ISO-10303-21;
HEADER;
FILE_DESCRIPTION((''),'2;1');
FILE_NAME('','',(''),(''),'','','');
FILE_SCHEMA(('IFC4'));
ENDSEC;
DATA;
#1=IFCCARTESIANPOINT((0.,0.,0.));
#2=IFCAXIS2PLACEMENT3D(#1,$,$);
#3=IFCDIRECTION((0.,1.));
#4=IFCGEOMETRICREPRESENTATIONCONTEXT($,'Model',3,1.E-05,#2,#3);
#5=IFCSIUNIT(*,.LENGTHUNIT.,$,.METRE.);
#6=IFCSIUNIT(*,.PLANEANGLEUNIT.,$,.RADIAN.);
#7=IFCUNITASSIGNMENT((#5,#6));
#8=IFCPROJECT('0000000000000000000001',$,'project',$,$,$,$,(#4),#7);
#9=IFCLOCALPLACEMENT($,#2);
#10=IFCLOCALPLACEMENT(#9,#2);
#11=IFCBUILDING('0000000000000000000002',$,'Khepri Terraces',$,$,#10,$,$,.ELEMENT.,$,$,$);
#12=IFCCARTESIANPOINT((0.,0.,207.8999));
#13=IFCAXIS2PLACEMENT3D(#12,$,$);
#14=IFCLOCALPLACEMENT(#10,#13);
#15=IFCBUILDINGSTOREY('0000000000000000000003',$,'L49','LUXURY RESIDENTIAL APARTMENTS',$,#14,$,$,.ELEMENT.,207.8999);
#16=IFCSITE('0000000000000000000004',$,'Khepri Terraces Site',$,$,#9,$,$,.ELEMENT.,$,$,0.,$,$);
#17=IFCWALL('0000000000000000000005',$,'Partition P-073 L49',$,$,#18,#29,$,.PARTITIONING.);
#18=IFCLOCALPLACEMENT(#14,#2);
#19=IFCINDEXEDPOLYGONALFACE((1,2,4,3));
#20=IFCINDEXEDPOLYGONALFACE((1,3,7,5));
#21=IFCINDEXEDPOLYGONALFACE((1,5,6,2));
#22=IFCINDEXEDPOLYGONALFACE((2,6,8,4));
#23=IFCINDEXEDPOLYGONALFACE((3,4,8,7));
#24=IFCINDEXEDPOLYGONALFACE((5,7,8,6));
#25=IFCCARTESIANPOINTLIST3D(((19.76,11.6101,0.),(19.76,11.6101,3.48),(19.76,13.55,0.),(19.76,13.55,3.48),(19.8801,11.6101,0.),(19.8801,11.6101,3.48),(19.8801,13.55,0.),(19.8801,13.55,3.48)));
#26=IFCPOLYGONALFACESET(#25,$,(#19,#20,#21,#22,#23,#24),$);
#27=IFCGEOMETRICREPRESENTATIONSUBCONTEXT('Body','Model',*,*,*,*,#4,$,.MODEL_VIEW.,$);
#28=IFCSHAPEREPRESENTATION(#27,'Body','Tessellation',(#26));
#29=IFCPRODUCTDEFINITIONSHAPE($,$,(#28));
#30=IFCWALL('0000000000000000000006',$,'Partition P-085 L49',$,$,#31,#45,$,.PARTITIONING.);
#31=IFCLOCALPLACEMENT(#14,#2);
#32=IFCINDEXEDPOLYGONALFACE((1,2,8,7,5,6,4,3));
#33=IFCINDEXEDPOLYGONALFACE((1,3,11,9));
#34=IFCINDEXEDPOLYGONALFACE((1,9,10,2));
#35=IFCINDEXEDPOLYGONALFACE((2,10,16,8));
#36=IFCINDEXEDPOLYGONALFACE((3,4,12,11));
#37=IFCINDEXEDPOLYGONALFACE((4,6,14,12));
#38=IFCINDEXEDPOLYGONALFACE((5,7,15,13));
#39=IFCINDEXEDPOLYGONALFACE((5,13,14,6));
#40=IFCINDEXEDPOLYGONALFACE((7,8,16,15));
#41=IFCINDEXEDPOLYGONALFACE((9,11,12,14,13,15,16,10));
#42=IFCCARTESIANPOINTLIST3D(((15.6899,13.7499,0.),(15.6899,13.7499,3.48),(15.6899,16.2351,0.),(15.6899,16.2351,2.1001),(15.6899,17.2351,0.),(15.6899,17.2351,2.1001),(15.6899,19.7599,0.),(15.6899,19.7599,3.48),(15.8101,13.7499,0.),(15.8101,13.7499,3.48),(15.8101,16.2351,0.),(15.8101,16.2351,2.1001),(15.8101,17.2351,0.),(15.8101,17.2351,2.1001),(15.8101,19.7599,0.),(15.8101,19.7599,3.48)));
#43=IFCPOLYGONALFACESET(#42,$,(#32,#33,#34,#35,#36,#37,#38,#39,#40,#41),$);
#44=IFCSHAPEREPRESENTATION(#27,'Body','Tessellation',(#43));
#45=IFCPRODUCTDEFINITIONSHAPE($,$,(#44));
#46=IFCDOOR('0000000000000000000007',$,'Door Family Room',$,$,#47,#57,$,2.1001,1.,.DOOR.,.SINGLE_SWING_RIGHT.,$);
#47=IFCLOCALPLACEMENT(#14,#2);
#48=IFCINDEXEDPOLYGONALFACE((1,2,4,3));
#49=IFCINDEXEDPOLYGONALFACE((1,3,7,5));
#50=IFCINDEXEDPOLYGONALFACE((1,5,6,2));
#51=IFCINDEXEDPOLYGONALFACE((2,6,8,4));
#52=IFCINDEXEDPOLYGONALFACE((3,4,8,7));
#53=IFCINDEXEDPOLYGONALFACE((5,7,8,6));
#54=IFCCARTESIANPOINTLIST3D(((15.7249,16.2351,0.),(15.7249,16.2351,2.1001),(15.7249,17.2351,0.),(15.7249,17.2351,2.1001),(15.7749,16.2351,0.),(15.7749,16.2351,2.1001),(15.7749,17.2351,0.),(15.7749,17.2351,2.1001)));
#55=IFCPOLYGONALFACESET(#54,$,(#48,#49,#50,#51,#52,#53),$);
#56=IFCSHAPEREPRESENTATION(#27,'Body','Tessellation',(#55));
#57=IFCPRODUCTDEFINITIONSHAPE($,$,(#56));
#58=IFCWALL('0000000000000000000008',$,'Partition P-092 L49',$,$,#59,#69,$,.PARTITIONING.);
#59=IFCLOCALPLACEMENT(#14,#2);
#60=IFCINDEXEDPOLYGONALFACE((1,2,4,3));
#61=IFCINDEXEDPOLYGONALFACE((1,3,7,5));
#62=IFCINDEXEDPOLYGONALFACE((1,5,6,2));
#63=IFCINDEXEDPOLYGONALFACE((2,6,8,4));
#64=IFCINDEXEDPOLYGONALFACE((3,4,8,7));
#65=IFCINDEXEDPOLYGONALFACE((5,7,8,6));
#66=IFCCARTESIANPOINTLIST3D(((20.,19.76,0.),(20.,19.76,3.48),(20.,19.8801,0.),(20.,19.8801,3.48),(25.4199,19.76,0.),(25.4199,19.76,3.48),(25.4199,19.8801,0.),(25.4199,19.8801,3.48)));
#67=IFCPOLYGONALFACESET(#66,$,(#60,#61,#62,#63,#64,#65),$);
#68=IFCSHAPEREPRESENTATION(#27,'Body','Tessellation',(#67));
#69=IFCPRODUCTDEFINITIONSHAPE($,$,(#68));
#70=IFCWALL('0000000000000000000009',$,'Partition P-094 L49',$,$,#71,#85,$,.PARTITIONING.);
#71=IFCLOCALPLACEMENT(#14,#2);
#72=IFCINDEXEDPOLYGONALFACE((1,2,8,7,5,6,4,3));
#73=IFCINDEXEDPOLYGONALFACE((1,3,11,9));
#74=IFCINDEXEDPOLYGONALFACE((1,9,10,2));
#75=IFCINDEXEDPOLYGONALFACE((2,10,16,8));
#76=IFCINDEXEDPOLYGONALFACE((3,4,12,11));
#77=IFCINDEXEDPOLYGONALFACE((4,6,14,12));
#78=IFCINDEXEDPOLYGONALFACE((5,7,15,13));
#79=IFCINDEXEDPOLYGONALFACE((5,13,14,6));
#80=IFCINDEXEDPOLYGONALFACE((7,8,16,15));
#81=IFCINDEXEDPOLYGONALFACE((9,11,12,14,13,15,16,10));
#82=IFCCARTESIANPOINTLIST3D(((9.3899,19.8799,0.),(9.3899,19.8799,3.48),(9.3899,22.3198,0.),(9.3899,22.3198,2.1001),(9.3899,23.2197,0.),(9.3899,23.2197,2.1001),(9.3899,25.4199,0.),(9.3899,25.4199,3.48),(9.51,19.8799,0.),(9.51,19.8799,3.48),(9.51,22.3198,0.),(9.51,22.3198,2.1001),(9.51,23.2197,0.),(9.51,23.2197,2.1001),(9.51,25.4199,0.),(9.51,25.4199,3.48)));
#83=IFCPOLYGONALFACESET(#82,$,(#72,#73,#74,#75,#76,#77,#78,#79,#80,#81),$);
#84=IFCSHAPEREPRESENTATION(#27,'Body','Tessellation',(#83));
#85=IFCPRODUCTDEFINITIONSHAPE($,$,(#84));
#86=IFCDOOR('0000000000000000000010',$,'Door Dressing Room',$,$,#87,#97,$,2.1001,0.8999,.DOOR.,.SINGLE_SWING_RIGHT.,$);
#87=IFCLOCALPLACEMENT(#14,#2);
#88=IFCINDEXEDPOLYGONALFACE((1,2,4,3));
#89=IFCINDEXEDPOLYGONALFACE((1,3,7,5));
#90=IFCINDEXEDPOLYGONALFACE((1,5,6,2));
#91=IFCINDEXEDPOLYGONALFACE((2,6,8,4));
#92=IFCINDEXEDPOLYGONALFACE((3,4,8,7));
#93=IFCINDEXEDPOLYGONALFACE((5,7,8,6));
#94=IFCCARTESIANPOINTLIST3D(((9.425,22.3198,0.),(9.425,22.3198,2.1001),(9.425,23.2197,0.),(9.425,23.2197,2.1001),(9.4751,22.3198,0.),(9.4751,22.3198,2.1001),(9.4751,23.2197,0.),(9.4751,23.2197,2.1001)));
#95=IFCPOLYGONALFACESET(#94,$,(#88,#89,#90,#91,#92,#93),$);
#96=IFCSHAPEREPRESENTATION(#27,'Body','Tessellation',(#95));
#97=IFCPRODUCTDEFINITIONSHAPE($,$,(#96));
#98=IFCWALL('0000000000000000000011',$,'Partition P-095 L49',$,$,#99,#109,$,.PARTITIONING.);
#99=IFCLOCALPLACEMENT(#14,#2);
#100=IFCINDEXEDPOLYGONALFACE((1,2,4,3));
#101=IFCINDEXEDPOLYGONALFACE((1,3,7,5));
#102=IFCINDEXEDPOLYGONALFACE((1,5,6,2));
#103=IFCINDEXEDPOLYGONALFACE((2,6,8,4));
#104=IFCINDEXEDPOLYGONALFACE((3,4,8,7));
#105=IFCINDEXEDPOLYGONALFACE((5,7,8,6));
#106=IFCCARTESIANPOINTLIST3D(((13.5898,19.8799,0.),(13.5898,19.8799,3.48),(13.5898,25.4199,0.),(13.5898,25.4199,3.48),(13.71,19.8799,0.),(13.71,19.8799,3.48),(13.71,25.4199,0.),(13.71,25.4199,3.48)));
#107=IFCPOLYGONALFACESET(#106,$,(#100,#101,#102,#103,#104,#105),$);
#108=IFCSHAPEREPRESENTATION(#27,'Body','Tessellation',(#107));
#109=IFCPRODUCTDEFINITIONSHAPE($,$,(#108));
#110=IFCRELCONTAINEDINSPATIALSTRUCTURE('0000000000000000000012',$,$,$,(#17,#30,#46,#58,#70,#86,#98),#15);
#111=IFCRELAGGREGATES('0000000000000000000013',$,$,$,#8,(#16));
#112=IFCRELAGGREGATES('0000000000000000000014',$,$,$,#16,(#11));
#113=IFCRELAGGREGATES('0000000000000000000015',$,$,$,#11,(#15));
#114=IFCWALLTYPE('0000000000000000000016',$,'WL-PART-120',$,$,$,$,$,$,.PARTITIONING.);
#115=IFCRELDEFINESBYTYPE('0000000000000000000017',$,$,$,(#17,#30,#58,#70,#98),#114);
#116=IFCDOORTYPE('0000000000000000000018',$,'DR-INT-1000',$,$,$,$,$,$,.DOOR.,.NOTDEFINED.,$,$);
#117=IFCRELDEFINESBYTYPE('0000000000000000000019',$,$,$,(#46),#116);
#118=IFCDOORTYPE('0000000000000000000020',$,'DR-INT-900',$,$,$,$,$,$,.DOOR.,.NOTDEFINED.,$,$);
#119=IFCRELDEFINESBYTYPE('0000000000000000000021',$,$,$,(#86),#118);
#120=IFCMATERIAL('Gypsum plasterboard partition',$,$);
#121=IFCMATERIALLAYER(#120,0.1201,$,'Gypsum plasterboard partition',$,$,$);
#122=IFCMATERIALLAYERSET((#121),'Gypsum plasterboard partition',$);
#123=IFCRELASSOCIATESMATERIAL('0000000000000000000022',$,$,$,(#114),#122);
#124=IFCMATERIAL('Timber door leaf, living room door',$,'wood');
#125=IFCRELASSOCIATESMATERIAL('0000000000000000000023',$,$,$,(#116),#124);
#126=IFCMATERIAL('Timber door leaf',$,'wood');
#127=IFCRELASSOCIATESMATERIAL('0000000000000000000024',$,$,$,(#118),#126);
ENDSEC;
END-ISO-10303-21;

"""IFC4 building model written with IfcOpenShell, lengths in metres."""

from ifc_helpers import new_model, si_unit, direction, frame, frame_2d, origin, place, context, subcontext, project, spatial, rectangle, extrude, material, layer, layer_set, type_object, element, fill, save


model = new_model("IFC4")

# Units and contexts
model_context = context("Model", 3, precision=1e-05, world=origin(), true_north=direction((0.0, 1.0)))
body_context = subcontext(model_context, "Body", "Model", "MODEL_VIEW")
ifc_project = project(units=[si_unit("LENGTHUNIT", "METRE"), si_unit("PLANEANGLEUNIT", "RADIAN")], contexts=[model_context])

# Site, building, storey
site_placement = place(None, origin())
site = spatial("IfcSite", under=ifc_project, at=site_placement, Name="Khepri Terraces Site", CompositionType="ELEMENT", RefElevation=0.0)
building_placement = place(site_placement, origin())
building = spatial("IfcBuilding", under=site, at=building_placement, Name="Khepri Terraces", CompositionType="ELEMENT")
storey_placement = place(building_placement, frame((0.0, 0.0, 207.8999)))
storey = spatial("IfcBuildingStorey", under=building, at=storey_placement, Name="L49", Description="LUXURY RESIDENTIAL APARTMENTS", CompositionType="ELEMENT", Elevation=207.8999)

# Shared definitions
ifc_material_1 = material(Name="Gypsum plasterboard partition")
ifc_layer_1 = layer(ifc_material_1, 0.1201, Name="Gypsum plasterboard partition")
ifc_layer_set_1 = layer_set([ifc_layer_1], Name="Gypsum plasterboard partition")
wall_type_1 = type_object("IfcWallType", Name="WL-PART-120", PredefinedType="PARTITIONING", material=ifc_layer_set_1)

# Wall
wall_1_placement = place(storey_placement, frame((19.8201, 11.6101, 0.0), z_axis=(0.0, 0.0, 1.0), x_axis=(0.0, 1.0, 0.0)))
element("IfcWall", 1, at=wall_1_placement, inside=storey, type_object=wall_type_1, Name="Partition P-073 L49", PredefinedType="PARTITIONING", context=body_context, shape_type="SweptSolid", body=[
    extrude(rectangle(XDim=1.9399, YDim=0.1201, at=frame_2d((0.97, 0.0))), origin(), (0.0, 0.0, 1.0), 3.48),
])

# Wall, opening, door
wall_2_placement = place(storey_placement, frame((15.75, 13.75, 0.0), z_axis=(0.0, 0.0, 1.0), x_axis=(0.0, 1.0, 0.0)))
wall_2 = element("IfcWall", 2, at=wall_2_placement, inside=storey, type_object=wall_type_1, Name="Partition P-085 L49", PredefinedType="PARTITIONING", context=body_context, shape_type="SweptSolid", body=[
    extrude(rectangle(XDim=6.01, YDim=0.1201, at=frame_2d((3.0049, 0.0))), origin(), (0.0, 0.0, 1.0), 3.48),
])
opening_1_placement = place(wall_2_placement, frame((2.4851, 0.0, 0.0)))
opening_1 = element("IfcOpeningElement", 3, at=opening_1_placement, cuts=wall_2, PredefinedType="OPENING", context=body_context, shape_type="SweptSolid", body=[
    extrude(rectangle(XDim=1.0, YDim=2.1001, at=frame_2d((0.5, 1.05))), frame((0.0, 0.0701, 0.0), z_axis=(0.0, -1.0, 0.0), x_axis=(1.0, 0.0, 0.0)), (0.0, 0.0, 1.0), 0.1401),
])
ifc_material_2 = material(Name="Timber door leaf, living room door", Category="wood")
door_type_1 = type_object("IfcDoorType", Name="DR-INT-1000", OperationType="NOTDEFINED", PredefinedType="DOOR", material=ifc_material_2)
door_1_placement = place(opening_1_placement, frame((1.0, 0.0, 0.0), z_axis=(0.0, 0.0, 1.0), x_axis=(-1.0, 0.0, 0.0)))
door_1 = element("IfcDoor", 4, at=door_1_placement, inside=storey, type_object=door_type_1, Name="Door Family Room", OperationType="SINGLE_SWING_RIGHT", OverallHeight=2.1001, OverallWidth=1.0, PredefinedType="DOOR", context=body_context, shape_type="SweptSolid", body=[
    extrude(rectangle(XDim=1.0, YDim=2.1001, at=frame_2d((0.5, 1.05))), frame((0.0, 0.0249, 0.0), z_axis=(0.0, -1.0, 0.0), x_axis=(1.0, 0.0, 0.0)), (0.0, 0.0, 1.0), 0.05),
])
fill(opening_1, door_1)

# Wall
wall_3_placement = place(storey_placement, frame((20.0, 19.8201, 0.0), z_axis=(0.0, 0.0, 1.0), x_axis=(1.0, 0.0, 0.0)))
element("IfcWall", 5, at=wall_3_placement, inside=storey, type_object=wall_type_1, Name="Partition P-092 L49", PredefinedType="PARTITIONING", context=body_context, shape_type="SweptSolid", body=[
    extrude(rectangle(XDim=5.4199, YDim=0.1201, at=frame_2d((2.71, 0.0))), origin(), (0.0, 0.0, 1.0), 3.48),
])

# Wall, opening, door
wall_4_placement = place(storey_placement, frame((9.45, 19.8799, 0.0), z_axis=(0.0, 0.0, 1.0), x_axis=(0.0, 1.0, 0.0)))
wall_4 = element("IfcWall", 6, at=wall_4_placement, inside=storey, type_object=wall_type_1, Name="Partition P-094 L49", PredefinedType="PARTITIONING", context=body_context, shape_type="SweptSolid", body=[
    extrude(rectangle(XDim=5.54, YDim=0.1201, at=frame_2d((2.77, 0.0))), origin(), (0.0, 0.0, 1.0), 3.48),
])
opening_2_placement = place(wall_4_placement, frame((2.4399, 0.0, 0.0)))
opening_2 = element("IfcOpeningElement", 7, at=opening_2_placement, cuts=wall_4, PredefinedType="OPENING", context=body_context, shape_type="SweptSolid", body=[
    extrude(rectangle(XDim=0.8999, YDim=2.1001, at=frame_2d((0.45, 1.05))), frame((0.0, 0.0701, 0.0), z_axis=(0.0, -1.0, 0.0), x_axis=(1.0, 0.0, 0.0)), (0.0, 0.0, 1.0), 0.1401),
])
ifc_material_3 = material(Name="Timber door leaf", Category="wood")
door_type_2 = type_object("IfcDoorType", Name="DR-INT-900", OperationType="NOTDEFINED", PredefinedType="DOOR", material=ifc_material_3)
door_2_placement = place(opening_2_placement, origin())
door_2 = element("IfcDoor", 8, at=door_2_placement, inside=storey, type_object=door_type_2, Name="Door Dressing Room", OperationType="SINGLE_SWING_RIGHT", OverallHeight=2.1001, OverallWidth=0.8999, PredefinedType="DOOR", context=body_context, shape_type="SweptSolid", body=[
    extrude(rectangle(XDim=0.8999, YDim=2.1001, at=frame_2d((0.45, 1.05))), frame((0.0, 0.0249, 0.0), z_axis=(0.0, -1.0, 0.0), x_axis=(1.0, 0.0, 0.0)), (0.0, 0.0, 1.0), 0.05),
])
fill(opening_2, door_2)

# Wall
wall_5_placement = place(storey_placement, frame((13.6499, 19.8799, 0.0), z_axis=(0.0, 0.0, 1.0), x_axis=(0.0, 1.0, 0.0)))
element("IfcWall", 9, at=wall_5_placement, inside=storey, type_object=wall_type_1, Name="Partition P-095 L49", PredefinedType="PARTITIONING", context=body_context, shape_type="SweptSolid", body=[
    extrude(rectangle(XDim=5.54, YDim=0.1201, at=frame_2d((2.77, 0.0))), origin(), (0.0, 0.0, 1.0), 3.48),
])

save(model, "model.ifc")
